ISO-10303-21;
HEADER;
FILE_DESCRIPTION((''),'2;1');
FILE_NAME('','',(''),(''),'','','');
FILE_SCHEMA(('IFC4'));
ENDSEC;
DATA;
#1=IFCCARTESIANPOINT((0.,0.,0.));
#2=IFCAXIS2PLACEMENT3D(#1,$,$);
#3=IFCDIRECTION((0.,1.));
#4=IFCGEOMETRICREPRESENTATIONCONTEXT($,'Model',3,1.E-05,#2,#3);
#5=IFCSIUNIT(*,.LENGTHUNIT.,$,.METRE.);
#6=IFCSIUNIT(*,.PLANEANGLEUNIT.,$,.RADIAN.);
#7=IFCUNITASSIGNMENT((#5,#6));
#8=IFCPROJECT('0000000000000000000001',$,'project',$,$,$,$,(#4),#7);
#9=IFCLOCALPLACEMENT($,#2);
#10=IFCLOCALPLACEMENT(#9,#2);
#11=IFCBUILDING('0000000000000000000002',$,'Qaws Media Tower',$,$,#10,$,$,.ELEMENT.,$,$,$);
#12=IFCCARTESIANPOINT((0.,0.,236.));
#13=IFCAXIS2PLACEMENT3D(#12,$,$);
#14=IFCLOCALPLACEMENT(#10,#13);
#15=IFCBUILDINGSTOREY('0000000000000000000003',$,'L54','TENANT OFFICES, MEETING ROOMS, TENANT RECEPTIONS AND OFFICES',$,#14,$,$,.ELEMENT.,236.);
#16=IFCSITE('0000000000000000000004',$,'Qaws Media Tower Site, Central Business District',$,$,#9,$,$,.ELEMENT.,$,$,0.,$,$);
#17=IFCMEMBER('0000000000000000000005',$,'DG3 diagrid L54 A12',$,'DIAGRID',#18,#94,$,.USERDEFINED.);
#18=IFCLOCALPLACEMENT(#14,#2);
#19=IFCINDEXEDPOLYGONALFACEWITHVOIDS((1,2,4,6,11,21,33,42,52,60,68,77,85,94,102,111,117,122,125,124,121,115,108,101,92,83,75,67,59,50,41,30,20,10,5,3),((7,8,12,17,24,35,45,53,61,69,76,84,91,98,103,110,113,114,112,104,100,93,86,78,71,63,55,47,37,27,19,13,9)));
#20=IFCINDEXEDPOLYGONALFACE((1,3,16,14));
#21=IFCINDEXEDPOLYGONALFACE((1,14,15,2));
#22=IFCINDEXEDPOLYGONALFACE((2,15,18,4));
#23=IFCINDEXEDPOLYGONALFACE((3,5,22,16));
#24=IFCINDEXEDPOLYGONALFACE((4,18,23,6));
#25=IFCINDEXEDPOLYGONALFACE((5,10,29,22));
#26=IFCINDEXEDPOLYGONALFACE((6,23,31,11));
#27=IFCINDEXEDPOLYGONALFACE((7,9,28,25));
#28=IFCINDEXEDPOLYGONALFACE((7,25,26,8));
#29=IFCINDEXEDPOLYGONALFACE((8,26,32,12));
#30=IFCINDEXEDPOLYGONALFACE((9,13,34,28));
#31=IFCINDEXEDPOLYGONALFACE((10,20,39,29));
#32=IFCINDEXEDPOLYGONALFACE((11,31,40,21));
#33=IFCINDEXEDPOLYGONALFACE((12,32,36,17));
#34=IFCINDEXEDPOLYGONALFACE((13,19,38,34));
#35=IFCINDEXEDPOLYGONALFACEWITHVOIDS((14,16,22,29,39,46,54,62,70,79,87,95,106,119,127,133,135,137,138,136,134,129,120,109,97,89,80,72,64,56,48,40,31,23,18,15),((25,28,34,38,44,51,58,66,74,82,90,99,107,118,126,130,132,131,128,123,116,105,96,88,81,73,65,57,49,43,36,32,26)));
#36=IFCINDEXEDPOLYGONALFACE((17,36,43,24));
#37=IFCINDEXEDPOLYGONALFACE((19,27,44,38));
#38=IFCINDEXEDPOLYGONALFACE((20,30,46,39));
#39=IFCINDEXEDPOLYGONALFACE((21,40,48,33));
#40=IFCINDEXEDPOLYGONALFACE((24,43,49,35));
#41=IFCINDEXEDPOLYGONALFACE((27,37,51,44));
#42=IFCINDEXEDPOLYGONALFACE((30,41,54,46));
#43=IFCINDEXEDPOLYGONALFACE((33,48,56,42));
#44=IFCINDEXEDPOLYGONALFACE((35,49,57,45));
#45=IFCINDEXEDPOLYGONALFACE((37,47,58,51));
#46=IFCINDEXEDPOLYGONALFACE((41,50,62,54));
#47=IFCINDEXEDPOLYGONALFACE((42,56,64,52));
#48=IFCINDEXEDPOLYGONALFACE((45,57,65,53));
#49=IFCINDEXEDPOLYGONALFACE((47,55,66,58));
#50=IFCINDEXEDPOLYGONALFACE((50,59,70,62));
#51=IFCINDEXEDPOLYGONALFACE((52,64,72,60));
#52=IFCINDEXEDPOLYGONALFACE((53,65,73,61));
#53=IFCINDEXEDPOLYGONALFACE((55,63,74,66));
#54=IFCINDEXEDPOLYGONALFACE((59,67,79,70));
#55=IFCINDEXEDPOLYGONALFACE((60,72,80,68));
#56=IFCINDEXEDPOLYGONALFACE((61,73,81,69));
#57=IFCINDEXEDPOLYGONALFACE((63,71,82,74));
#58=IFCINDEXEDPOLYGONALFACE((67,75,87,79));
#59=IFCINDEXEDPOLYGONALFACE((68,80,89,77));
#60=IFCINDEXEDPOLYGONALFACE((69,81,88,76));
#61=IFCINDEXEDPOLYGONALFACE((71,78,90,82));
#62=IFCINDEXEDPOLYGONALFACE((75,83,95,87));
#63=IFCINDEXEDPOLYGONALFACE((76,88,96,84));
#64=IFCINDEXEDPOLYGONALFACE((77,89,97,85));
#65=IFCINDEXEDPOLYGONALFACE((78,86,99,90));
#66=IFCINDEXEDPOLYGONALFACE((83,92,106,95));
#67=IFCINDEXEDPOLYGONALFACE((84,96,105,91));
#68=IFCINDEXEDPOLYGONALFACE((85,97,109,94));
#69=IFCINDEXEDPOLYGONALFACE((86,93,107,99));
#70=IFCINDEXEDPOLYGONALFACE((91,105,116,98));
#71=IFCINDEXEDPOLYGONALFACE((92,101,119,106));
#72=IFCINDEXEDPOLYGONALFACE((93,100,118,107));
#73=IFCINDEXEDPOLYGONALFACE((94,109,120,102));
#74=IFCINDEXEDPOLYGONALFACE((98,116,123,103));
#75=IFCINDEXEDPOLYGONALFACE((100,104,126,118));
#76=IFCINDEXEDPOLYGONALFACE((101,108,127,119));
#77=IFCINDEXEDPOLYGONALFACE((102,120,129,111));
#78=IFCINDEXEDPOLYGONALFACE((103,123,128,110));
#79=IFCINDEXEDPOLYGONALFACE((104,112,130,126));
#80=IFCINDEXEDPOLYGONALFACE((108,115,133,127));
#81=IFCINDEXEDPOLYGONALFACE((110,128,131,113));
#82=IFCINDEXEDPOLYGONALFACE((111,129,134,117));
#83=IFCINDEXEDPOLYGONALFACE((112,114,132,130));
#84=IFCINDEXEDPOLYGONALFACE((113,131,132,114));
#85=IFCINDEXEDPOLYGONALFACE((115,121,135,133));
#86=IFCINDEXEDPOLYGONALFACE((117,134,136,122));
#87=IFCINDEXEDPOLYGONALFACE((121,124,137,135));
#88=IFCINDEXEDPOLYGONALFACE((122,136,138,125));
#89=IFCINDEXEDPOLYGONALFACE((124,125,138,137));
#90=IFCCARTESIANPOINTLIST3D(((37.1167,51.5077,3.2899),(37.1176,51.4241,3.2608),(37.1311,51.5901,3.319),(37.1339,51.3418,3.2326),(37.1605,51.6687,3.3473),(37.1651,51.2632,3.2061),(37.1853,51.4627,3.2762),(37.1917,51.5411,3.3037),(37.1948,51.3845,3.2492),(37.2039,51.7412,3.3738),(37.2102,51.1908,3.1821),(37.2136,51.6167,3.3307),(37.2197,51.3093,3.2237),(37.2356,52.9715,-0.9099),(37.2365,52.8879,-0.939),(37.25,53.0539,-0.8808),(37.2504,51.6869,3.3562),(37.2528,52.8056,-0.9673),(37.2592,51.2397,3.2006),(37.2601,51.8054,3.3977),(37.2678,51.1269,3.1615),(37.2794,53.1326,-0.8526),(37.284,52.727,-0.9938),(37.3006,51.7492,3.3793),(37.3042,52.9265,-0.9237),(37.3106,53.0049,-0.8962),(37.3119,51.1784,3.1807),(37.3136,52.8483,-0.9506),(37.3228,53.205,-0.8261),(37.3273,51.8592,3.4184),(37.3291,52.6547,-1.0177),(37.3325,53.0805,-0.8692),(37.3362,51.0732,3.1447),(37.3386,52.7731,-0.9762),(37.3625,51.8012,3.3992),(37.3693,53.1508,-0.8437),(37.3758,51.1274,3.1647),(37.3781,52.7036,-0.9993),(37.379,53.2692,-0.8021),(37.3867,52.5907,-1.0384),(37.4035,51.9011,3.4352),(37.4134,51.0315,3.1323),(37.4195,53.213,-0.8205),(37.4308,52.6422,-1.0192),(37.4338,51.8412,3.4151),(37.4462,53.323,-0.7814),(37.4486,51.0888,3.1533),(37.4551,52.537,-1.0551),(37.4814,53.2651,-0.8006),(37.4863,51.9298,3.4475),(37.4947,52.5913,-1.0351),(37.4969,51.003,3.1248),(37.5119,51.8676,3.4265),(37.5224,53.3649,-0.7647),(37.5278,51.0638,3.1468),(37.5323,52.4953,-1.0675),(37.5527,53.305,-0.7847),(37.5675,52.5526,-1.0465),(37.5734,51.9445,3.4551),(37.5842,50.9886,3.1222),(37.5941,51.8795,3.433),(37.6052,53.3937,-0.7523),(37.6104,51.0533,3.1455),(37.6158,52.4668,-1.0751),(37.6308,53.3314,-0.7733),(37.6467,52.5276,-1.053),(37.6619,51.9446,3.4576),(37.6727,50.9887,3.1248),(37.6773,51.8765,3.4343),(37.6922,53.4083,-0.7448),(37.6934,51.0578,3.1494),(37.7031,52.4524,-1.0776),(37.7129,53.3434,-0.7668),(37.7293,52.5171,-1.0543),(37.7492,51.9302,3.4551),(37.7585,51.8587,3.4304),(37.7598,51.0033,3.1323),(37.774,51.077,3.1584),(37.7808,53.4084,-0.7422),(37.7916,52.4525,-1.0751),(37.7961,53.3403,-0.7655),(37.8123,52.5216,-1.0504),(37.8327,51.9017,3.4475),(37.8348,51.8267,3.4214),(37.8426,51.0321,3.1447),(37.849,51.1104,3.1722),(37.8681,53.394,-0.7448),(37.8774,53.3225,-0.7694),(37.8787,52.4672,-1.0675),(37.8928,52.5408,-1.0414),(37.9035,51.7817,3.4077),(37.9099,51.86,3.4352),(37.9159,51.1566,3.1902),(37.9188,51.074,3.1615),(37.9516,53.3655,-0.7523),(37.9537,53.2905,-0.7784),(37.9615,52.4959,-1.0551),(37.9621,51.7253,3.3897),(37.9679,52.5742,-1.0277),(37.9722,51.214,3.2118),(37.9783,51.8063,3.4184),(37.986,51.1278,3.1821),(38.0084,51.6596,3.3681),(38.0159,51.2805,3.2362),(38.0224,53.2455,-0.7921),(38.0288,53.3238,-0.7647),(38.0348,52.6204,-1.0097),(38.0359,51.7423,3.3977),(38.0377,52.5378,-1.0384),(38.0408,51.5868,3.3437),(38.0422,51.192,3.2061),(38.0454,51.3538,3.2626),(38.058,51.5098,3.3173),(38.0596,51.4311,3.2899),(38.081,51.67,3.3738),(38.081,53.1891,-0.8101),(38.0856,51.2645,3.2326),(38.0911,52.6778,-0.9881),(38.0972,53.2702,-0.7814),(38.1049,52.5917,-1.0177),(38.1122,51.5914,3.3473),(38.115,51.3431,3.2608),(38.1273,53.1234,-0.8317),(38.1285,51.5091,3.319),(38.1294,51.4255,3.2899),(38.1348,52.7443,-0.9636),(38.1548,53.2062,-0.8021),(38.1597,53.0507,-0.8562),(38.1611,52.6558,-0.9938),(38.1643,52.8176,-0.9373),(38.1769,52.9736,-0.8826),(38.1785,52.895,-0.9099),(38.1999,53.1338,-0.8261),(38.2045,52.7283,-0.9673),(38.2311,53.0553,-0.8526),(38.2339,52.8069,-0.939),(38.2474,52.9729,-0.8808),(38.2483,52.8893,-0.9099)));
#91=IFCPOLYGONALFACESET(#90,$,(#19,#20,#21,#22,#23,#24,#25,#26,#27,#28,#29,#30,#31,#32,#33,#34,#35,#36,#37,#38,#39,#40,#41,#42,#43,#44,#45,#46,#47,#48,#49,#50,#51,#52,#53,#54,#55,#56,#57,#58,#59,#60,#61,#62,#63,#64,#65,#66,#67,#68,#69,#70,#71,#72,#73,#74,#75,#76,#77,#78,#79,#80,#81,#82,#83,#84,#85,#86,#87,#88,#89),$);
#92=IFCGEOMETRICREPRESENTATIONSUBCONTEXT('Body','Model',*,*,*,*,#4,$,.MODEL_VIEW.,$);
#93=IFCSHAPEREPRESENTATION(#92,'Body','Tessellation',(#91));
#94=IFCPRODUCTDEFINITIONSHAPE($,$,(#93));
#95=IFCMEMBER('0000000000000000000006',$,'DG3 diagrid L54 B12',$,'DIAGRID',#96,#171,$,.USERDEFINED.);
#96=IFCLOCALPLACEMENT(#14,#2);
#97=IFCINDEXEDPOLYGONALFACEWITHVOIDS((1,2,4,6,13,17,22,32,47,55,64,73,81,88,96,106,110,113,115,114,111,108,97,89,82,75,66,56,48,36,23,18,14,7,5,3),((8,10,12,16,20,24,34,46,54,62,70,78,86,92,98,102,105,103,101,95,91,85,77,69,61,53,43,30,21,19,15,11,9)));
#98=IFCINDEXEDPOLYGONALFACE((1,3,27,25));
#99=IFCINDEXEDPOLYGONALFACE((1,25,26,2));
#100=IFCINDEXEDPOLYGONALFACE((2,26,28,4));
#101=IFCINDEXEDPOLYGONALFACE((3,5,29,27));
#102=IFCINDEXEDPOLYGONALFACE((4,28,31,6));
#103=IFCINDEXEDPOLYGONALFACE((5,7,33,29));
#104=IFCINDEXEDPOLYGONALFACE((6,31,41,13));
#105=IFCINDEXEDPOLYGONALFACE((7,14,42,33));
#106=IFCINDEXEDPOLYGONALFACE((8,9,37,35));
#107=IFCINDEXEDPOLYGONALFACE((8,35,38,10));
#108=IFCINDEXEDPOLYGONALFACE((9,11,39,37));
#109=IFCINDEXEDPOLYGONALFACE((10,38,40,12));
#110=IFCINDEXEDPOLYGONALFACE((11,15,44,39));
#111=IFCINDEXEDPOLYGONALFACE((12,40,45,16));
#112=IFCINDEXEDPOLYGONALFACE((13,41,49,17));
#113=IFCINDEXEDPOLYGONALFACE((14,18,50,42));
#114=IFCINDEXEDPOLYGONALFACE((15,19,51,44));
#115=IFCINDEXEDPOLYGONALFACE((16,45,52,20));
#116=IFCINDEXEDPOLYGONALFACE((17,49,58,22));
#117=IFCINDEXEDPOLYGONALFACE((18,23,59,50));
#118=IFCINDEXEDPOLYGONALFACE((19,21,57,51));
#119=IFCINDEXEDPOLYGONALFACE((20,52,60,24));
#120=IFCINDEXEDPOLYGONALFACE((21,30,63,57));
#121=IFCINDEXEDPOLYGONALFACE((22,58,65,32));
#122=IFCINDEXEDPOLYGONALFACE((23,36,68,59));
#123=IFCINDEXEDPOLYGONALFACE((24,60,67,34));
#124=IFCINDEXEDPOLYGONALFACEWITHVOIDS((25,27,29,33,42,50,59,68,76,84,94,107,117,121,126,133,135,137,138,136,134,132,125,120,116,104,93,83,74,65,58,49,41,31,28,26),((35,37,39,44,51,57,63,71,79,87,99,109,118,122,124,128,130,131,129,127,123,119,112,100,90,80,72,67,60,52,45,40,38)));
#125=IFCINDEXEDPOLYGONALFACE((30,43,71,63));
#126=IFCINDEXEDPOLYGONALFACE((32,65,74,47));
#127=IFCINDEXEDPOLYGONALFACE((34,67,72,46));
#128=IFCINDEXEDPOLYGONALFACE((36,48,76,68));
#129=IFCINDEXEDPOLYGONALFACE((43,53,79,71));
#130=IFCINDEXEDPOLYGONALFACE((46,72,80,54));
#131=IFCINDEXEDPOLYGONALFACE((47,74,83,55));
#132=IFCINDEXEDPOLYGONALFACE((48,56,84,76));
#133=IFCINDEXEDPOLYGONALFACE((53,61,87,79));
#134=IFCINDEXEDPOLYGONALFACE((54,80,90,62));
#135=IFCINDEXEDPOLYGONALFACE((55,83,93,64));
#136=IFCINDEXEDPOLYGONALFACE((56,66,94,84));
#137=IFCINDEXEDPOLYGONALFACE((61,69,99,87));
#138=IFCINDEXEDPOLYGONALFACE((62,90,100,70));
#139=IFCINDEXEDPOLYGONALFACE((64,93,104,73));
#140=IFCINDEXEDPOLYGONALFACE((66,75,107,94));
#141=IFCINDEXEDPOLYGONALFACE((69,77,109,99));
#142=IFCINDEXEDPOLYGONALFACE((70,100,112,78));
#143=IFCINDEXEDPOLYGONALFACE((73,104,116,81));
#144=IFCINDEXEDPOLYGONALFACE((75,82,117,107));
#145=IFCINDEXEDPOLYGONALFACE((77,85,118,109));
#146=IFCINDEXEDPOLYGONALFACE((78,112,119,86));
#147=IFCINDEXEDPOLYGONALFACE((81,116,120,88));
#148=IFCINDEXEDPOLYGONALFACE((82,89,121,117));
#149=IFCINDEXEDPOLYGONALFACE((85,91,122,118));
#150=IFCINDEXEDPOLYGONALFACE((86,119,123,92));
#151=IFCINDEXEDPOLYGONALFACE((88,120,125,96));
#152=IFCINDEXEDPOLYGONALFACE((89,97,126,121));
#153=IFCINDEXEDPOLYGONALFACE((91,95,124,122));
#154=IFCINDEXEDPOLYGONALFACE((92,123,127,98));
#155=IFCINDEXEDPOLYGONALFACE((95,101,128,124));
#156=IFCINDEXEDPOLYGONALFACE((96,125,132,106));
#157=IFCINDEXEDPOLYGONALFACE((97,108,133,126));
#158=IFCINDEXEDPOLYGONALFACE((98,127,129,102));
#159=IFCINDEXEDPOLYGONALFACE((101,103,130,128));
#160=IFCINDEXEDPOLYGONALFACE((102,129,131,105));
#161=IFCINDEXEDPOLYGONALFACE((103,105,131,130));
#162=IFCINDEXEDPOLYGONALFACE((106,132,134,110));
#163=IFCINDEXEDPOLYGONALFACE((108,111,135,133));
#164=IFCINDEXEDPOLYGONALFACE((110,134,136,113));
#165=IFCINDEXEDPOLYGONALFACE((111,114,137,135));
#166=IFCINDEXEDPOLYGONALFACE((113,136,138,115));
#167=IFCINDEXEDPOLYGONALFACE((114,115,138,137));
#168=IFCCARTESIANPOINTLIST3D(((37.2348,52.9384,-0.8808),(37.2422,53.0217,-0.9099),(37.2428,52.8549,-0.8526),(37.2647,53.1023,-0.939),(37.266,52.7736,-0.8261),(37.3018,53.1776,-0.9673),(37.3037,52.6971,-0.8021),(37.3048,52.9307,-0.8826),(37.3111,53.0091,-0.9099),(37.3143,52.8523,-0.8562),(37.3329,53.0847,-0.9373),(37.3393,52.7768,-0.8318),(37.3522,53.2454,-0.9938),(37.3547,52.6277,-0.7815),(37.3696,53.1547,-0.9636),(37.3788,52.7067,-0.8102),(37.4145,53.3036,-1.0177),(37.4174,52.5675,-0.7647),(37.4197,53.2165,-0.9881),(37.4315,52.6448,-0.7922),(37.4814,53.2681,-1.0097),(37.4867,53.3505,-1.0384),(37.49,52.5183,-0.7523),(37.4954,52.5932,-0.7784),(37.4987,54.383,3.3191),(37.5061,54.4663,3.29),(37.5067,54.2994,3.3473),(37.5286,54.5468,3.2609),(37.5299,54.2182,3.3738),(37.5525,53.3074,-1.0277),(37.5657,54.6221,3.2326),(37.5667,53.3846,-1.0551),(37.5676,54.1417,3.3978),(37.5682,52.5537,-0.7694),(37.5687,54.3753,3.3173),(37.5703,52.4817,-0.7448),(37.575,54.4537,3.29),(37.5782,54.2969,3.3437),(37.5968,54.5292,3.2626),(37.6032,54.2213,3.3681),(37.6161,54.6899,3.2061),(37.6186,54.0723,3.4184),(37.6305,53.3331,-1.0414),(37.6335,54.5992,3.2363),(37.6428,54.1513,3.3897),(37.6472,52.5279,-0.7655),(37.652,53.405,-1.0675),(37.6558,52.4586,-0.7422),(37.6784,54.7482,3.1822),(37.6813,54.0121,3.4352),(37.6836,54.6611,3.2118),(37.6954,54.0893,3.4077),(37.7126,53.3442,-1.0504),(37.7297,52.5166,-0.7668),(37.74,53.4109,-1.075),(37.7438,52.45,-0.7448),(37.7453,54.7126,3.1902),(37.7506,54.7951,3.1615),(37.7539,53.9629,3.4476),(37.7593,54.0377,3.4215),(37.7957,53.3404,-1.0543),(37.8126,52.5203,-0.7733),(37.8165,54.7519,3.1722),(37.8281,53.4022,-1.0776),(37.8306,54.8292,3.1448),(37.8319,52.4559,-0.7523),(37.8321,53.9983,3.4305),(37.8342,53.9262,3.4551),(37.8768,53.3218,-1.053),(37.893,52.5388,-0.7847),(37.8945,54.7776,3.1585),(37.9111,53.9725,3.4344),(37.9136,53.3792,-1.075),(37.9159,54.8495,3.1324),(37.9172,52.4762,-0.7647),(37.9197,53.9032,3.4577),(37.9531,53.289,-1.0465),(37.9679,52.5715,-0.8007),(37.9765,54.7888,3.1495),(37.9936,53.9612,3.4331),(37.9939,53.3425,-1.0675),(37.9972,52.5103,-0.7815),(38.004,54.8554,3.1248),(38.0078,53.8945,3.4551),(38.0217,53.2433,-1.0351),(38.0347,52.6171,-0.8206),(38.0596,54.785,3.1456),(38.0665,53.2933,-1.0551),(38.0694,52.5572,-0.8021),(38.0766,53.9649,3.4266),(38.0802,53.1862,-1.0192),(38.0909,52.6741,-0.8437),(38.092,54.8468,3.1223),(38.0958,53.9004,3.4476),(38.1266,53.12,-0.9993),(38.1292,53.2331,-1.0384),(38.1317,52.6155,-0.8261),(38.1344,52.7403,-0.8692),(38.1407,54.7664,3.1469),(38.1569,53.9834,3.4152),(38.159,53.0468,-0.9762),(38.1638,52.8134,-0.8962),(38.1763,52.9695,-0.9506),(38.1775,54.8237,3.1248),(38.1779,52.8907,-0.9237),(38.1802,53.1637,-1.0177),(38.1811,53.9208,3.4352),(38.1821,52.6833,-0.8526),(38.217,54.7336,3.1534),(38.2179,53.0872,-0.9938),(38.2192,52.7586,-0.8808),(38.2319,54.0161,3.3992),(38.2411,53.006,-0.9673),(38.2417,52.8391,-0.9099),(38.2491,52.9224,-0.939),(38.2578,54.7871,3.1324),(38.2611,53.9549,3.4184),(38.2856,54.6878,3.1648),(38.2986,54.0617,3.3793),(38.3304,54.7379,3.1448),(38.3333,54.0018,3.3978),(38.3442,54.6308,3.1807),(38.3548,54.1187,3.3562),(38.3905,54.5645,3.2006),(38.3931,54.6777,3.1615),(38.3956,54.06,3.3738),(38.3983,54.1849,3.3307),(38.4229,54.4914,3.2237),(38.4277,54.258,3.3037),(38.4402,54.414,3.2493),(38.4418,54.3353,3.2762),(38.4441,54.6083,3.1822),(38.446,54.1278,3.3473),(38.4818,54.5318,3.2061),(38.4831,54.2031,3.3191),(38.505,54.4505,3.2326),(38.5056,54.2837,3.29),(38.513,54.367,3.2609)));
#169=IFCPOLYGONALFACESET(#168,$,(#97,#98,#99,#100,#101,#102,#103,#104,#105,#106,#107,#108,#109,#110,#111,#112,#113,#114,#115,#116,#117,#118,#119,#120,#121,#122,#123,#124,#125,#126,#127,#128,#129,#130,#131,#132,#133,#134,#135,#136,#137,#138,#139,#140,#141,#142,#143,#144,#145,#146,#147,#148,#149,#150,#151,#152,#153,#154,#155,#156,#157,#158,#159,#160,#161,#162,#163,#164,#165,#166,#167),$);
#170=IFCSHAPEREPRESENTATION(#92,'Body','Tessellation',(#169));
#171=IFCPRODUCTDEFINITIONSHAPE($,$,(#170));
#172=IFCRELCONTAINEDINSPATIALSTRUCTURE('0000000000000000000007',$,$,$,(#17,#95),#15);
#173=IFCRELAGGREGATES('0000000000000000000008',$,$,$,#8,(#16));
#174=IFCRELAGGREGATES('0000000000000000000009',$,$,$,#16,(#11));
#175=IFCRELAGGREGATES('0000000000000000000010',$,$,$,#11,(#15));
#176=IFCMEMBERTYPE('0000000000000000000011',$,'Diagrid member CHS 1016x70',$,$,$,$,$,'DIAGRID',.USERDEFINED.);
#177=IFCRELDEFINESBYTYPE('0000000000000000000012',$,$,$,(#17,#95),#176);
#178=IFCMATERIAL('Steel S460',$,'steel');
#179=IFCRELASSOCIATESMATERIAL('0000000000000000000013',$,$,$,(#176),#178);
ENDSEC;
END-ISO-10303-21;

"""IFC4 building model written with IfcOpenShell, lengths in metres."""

from ifc_helpers import new_model, si_unit, direction, frame, origin, origin_2d, place, context, subcontext, project, spatial, hollow_circle, extrude, material, material_profile, profile_set, type_object, element, save


model = new_model("IFC4")

# Units and contexts
model_context = context("Model", 3, precision=1e-05, world=origin(), true_north=direction((0.0, 1.0)))
body_context = subcontext(model_context, "Body", "Model", "MODEL_VIEW")
ifc_project = project(units=[si_unit("LENGTHUNIT", "METRE"), si_unit("PLANEANGLEUNIT", "RADIAN")], contexts=[model_context])

# Site, building, storey
site_placement = place(None, origin())
site = spatial("IfcSite", under=ifc_project, at=site_placement, Name="Qaws Media Tower Site, Central Business District", CompositionType="ELEMENT", RefElevation=0.0)
building_placement = place(site_placement, origin())
building = spatial("IfcBuilding", under=site, at=building_placement, Name="Qaws Media Tower", CompositionType="ELEMENT")
storey_placement = place(building_placement, frame((0.0, 0.0, 236.0)))
storey = spatial("IfcBuildingStorey", under=building, at=storey_placement, Name="L54", Description="TENANT OFFICES, MEETING ROOMS, TENANT RECEPTIONS AND OFFICES", CompositionType="ELEMENT", Elevation=236.0)

# Members
ifc_material_1 = material(Name="Steel S460", Category="steel")
ifc_material_profile_1 = material_profile(ifc_material_1, hollow_circle(Radius=0.5081, WallThickness=0.0701, at=origin_2d()), Name="CHS 1016x70")
ifc_profile_set_1 = profile_set([ifc_material_profile_1], Name="Steel S460")
member_type_1 = type_object("IfcMemberType", Name="Diagrid member CHS 1016x70", ElementType="DIAGRID", PredefinedType="USERDEFINED", material=ifc_profile_set_1)
for number, where, z_axis, x_axis, name in (
    (1, (37.7419, 52.9304, -0.9099), (-0.026722, -0.329008, 0.943949), (0.996718, -0.080954, 0.0), "DG3 diagrid L54 A12"),
    (2, (37.7419, 52.9304, -0.9099), (0.059317, 0.324678, 0.943963), (-0.983718, 0.179719, 0.0), "DG3 diagrid L54 B12"),
):
    element("IfcMember", number, at=place(storey_placement, frame(where, z_axis=z_axis, x_axis=x_axis)), inside=storey, type_object=member_type_1, Name=name, ObjectType="DIAGRID", PredefinedType="USERDEFINED", context=body_context, shape_type="SweptSolid", body=[
        extrude(hollow_circle(Radius=0.5081, WallThickness=0.0701, at=origin_2d()), origin(), (0.0, 0.0, 1.0), 4.4492),
    ])

save(model, "model.ifc")
